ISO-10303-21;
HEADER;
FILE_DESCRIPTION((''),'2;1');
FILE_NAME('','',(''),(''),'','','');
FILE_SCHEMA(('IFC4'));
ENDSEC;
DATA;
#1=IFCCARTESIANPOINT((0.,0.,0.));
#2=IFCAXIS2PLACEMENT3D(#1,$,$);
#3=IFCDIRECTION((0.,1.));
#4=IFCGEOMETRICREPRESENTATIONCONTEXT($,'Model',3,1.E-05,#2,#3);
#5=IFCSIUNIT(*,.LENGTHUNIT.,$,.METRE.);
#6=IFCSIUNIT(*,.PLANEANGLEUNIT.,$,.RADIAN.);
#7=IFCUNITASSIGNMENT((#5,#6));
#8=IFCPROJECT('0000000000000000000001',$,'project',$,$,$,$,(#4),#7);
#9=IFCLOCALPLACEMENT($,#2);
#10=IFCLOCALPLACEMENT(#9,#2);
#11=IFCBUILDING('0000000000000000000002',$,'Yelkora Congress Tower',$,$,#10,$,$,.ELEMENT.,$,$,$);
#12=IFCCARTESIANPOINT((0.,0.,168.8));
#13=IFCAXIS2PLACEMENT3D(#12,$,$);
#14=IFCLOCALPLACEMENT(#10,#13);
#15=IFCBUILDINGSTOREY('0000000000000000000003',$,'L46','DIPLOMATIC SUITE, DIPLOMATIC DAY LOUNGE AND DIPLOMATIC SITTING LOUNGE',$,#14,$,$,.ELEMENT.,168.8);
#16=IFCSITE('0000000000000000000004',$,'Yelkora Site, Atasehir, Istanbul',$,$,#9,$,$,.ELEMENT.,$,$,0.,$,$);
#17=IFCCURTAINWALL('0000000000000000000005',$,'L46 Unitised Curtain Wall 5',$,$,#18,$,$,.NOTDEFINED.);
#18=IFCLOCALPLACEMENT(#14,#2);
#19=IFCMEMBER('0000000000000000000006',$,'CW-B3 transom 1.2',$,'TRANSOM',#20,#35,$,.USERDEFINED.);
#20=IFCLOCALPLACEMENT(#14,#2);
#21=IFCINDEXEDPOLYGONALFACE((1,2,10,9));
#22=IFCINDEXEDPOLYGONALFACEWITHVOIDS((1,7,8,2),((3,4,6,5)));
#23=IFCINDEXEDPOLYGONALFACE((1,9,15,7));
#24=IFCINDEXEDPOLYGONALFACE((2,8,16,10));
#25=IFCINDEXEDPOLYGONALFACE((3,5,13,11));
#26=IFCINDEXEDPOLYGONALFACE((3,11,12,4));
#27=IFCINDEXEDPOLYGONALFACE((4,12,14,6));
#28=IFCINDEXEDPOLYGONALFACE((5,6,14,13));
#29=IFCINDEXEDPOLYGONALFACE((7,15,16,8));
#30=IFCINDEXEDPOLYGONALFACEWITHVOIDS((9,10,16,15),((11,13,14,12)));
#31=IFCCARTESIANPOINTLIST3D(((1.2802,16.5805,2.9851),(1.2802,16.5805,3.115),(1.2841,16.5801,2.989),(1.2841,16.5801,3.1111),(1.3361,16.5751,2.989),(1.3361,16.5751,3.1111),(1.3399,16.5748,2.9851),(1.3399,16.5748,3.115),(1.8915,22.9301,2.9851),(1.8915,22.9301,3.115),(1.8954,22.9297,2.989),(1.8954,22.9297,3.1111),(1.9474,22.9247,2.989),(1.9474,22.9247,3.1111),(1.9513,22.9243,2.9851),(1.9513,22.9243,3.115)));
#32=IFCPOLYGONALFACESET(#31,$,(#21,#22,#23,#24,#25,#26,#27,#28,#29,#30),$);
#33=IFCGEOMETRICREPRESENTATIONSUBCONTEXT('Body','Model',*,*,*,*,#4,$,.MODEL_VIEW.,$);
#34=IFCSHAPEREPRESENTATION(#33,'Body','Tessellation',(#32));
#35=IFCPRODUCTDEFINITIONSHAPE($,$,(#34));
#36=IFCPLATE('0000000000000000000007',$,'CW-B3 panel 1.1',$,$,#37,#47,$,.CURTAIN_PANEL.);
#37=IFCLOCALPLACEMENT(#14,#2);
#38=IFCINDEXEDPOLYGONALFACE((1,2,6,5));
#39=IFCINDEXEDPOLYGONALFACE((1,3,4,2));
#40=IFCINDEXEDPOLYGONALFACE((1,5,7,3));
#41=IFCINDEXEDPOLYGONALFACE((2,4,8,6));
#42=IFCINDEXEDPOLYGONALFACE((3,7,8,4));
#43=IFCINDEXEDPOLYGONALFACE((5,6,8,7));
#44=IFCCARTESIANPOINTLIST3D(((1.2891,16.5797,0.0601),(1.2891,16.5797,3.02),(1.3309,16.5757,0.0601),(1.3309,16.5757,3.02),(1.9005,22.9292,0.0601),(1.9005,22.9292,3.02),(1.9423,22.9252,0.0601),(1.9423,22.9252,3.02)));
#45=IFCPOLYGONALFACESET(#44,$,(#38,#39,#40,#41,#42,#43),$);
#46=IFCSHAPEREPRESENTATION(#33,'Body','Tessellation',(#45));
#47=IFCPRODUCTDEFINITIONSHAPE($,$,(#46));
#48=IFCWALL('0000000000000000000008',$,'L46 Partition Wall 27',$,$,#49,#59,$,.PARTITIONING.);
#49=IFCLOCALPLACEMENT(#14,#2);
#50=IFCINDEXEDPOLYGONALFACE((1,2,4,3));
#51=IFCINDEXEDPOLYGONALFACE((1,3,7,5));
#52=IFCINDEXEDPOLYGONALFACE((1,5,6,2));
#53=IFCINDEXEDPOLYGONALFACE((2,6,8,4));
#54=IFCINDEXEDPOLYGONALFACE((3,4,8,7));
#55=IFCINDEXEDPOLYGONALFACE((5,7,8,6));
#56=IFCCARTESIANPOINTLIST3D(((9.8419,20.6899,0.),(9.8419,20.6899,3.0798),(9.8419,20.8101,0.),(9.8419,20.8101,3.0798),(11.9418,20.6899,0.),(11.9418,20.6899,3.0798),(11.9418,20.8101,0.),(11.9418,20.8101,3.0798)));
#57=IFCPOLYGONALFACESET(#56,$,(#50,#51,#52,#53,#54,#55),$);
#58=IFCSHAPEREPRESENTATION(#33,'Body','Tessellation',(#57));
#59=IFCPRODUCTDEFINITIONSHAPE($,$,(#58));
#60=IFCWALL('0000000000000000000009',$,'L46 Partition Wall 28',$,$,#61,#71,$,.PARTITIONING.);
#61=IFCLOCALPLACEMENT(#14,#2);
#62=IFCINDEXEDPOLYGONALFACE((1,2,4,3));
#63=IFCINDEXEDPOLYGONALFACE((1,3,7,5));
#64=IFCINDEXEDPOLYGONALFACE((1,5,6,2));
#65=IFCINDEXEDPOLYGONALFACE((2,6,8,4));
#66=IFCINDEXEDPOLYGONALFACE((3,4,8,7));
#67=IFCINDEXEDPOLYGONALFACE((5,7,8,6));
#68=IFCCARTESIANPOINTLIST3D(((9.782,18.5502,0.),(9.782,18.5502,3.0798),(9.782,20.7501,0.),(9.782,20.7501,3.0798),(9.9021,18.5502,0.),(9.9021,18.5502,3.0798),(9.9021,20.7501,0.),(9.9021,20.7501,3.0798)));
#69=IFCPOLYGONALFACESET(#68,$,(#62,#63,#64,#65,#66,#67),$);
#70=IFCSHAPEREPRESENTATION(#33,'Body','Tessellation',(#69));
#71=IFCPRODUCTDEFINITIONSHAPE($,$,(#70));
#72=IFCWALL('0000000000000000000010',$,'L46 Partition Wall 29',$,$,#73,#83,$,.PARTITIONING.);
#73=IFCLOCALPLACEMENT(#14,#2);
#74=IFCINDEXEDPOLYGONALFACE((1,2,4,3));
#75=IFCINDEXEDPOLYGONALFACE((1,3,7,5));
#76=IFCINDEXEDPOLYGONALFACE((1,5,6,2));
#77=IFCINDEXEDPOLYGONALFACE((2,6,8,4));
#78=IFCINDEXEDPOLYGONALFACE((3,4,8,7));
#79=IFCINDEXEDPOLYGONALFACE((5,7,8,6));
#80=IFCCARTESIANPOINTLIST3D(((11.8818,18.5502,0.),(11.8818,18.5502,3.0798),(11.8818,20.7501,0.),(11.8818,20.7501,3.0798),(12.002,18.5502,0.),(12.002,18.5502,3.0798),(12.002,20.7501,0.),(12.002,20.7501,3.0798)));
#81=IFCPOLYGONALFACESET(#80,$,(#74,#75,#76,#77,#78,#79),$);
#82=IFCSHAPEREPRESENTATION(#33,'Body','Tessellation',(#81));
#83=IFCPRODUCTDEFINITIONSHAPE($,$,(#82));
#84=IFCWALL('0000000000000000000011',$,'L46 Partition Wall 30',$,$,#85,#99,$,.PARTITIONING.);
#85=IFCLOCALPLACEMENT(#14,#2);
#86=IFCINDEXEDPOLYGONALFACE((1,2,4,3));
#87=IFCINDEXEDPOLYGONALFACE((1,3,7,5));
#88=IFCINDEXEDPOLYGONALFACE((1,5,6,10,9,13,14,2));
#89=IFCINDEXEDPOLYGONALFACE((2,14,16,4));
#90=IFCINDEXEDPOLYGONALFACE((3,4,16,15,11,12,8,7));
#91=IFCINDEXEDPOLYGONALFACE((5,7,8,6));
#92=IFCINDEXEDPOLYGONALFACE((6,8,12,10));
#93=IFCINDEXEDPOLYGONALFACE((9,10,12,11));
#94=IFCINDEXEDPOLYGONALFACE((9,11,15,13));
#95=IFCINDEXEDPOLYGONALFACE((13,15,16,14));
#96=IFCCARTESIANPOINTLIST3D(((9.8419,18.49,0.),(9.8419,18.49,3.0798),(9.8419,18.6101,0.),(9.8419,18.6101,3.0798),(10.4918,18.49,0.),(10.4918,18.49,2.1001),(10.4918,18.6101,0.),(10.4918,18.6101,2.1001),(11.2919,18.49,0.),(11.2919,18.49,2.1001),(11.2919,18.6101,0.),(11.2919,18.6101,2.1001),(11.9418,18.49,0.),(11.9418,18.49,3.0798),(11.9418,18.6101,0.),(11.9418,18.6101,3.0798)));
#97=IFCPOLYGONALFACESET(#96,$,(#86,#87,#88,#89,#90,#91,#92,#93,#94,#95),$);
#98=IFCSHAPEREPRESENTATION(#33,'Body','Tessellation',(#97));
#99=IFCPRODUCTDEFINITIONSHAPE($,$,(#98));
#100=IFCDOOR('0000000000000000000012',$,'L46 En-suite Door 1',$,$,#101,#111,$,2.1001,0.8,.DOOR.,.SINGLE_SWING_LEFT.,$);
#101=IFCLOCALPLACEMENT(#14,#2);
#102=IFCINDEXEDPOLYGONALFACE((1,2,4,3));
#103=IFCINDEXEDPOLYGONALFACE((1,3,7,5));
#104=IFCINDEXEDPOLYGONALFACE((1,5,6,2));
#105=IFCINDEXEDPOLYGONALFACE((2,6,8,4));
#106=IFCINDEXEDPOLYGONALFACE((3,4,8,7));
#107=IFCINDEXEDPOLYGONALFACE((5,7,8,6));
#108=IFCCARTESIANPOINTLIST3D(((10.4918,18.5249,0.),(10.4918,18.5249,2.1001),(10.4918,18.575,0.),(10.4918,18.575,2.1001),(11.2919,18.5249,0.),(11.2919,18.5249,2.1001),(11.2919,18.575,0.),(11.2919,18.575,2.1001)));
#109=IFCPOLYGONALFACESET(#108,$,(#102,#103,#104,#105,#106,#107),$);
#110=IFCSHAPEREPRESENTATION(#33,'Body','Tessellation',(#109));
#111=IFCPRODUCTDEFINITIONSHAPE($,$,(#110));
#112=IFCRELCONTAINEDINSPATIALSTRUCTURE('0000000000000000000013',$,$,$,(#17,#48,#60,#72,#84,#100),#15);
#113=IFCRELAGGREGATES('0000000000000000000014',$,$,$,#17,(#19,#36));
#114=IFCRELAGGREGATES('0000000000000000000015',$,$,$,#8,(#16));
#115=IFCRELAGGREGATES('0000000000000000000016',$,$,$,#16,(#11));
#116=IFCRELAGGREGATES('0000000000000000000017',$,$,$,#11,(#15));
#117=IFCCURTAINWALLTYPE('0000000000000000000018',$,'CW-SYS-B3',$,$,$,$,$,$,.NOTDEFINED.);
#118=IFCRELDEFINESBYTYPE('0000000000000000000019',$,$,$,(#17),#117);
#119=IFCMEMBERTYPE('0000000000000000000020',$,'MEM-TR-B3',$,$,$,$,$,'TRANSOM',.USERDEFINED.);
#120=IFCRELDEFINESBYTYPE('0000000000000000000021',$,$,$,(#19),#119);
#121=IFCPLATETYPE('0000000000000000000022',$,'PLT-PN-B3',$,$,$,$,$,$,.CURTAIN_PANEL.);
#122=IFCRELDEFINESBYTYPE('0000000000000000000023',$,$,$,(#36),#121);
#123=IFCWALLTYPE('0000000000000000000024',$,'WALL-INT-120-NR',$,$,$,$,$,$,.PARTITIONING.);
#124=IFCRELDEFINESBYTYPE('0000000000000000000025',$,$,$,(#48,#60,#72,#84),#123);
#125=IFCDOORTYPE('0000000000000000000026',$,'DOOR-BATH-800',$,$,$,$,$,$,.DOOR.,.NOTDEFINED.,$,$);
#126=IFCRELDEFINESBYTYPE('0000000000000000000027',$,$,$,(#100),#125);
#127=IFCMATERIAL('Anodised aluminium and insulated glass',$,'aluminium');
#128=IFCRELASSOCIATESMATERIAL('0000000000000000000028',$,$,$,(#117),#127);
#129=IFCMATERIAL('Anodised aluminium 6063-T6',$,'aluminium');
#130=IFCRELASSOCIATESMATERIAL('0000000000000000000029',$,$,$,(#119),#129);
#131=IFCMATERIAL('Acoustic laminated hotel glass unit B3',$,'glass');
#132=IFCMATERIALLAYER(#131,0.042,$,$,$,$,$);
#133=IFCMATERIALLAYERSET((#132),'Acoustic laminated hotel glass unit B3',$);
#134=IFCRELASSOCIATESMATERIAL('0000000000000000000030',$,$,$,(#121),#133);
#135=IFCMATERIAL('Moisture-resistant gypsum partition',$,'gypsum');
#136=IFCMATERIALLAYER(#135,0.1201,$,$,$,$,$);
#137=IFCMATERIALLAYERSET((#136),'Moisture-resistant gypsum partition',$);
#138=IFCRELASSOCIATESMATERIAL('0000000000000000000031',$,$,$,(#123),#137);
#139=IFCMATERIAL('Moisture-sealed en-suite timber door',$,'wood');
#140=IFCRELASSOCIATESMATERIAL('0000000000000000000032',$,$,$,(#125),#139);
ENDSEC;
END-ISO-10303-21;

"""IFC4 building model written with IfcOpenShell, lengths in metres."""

from ifc_helpers import new_model, si_unit, direction, frame, frame_2d, origin, origin_2d, place, context, subcontext, project, spatial, rectangle, hollow_rectangle, extrude, material, layer, layer_set, material_profile, profile_set, type_object, element, fill, aggregate, save


model = new_model("IFC4")

# Units and contexts
model_context = context("Model", 3, precision=1e-05, world=origin(), true_north=direction((0.0, 1.0)))
body_context = subcontext(model_context, "Body", "Model", "MODEL_VIEW")
ifc_project = project(units=[si_unit("LENGTHUNIT", "METRE"), si_unit("PLANEANGLEUNIT", "RADIAN")], contexts=[model_context])

# Site, building, storey
site_placement = place(None, origin())
site = spatial("IfcSite", under=ifc_project, at=site_placement, Name="Yelkora Site, Atasehir, Istanbul", CompositionType="ELEMENT", RefElevation=0.0)
building_placement = place(site_placement, origin())
building = spatial("IfcBuilding", under=site, at=building_placement, Name="Yelkora Congress Tower", CompositionType="ELEMENT")
storey_placement = place(building_placement, frame((0.0, 0.0, 168.8)))
storey = spatial("IfcBuildingStorey", under=building, at=storey_placement, Name="L46", Description="DIPLOMATIC SUITE, DIPLOMATIC DAY LOUNGE AND DIPLOMATIC SITTING LOUNGE", CompositionType="ELEMENT", Elevation=168.8)

# Curtain wall, member, plate
ifc_material_1 = material(Name="Anodised aluminium and insulated glass", Category="aluminium")
curtain_wall_type = type_object("IfcCurtainWallType", Name="CW-SYS-B3", PredefinedType="NOTDEFINED", material=ifc_material_1)
curtain_wall_placement = place(storey_placement, origin())
curtain_wall = element("IfcCurtainWall", 1, at=curtain_wall_placement, inside=storey, type_object=curtain_wall_type, Name="L46 Unitised Curtain Wall 5", PredefinedType="NOTDEFINED")
ifc_material_2 = material(Name="Anodised aluminium 6063-T6", Category="aluminium")
ifc_material_profile_1 = material_profile(ifc_material_2, hollow_rectangle(XDim=0.0601, YDim=0.1299, WallThickness=0.0039, at=origin_2d()), Name="ALU 60x130x4")
ifc_profile_set_1 = profile_set([ifc_material_profile_1], Name="Anodised aluminium 6063-T6")
member_type_1 = type_object("IfcMemberType", Name="MEM-TR-B3", ElementType="TRANSOM", PredefinedType="USERDEFINED", material=ifc_profile_set_1)
member_1_placement = place(storey_placement, frame((1.3101, 16.5776, 3.05), z_axis=(0.095835, 0.995397, 0.0), x_axis=(-0.995397, 0.095835, 0.0)))
member_1 = element("IfcMember", 2, at=member_1_placement, type_object=member_type_1, Name="CW-B3 transom 1.2", ObjectType="TRANSOM", PredefinedType="USERDEFINED", context=body_context, shape_type="SweptSolid", body=[
    extrude(hollow_rectangle(XDim=0.0601, YDim=0.1299, WallThickness=0.0039, at=origin_2d()), origin(), (0.0, 0.0, 1.0), 6.3789),
])
ifc_material_3 = material(Name="Acoustic laminated hotel glass unit B3", Category="glass")
ifc_layer_1 = layer(ifc_material_3, 0.042)
ifc_layer_set_1 = layer_set([ifc_layer_1], Name="Acoustic laminated hotel glass unit B3")
plate_type = type_object("IfcPlateType", Name="PLT-PN-B3", PredefinedType="CURTAIN_PANEL", material=ifc_layer_set_1)
plate_placement = place(storey_placement, frame((1.6157, 19.7524, 0.0601), z_axis=(0.0, 0.0, 1.0), x_axis=(0.095845, 0.995396, 0.0)))
plate = element("IfcPlate", 3, at=plate_placement, type_object=plate_type, Name="CW-B3 panel 1.1", PredefinedType="CURTAIN_PANEL", context=body_context, shape_type="SweptSolid", body=[
    extrude(rectangle(XDim=6.3789, YDim=0.042, at=origin_2d()), origin(), (0.0, 0.0, 1.0), 2.96),
])
aggregate(curtain_wall, [member_1, plate])

# Walls
ifc_material_4 = material(Name="Moisture-resistant gypsum partition", Category="gypsum")
ifc_layer_2 = layer(ifc_material_4, 0.1201)
ifc_layer_set_2 = layer_set([ifc_layer_2], Name="Moisture-resistant gypsum partition")
wall_type_1 = type_object("IfcWallType", Name="WALL-INT-120-NR", PredefinedType="PARTITIONING", material=ifc_layer_set_2)
wall_1_placement = place(storey_placement, frame((9.842, 20.75, 0.0), z_axis=(0.0, 0.0, 1.0), x_axis=(1.0, 0.0, 0.0)))
element("IfcWall", 4, at=wall_1_placement, inside=storey, type_object=wall_type_1, Name="L46 Partition Wall 27", PredefinedType="PARTITIONING", context=body_context, shape_type="SweptSolid", body=[
    extrude(rectangle(XDim=2.0999, YDim=0.1201, at=frame_2d((1.0498, 0.0))), origin(), (0.0, 0.0, 1.0), 3.0798),
])
for number, where, z_axis, x_axis, name in (
    (5, (9.842, 18.55, 0.0), (0.0, 0.0, 1.0), (0.0, 1.0, 0.0), "L46 Partition Wall 28"),
    (6, (11.9419, 18.55, 0.0), (0.0, 0.0, 1.0), (0.0, 1.0, 0.0), "L46 Partition Wall 29"),
):
    element("IfcWall", number, at=place(storey_placement, frame(where, z_axis=z_axis, x_axis=x_axis)), inside=storey, type_object=wall_type_1, Name=name, PredefinedType="PARTITIONING", context=body_context, shape_type="SweptSolid", body=[
        extrude(rectangle(XDim=2.2, YDim=0.1201, at=frame_2d((1.1001, 0.0))), origin(), (0.0, 0.0, 1.0), 3.0798),
    ])

# Wall, opening, door
wall_2_placement = place(storey_placement, frame((9.842, 18.55, 0.0), z_axis=(0.0, 0.0, 1.0), x_axis=(1.0, 0.0, 0.0)))
wall_2 = element("IfcWall", 7, at=wall_2_placement, inside=storey, type_object=wall_type_1, Name="L46 Partition Wall 30", PredefinedType="PARTITIONING", context=body_context, shape_type="SweptSolid", body=[
    extrude(rectangle(XDim=2.0999, YDim=0.1201, at=frame_2d((1.0498, 0.0))), origin(), (0.0, 0.0, 1.0), 3.0798),
])
opening_1_placement = place(wall_2_placement, frame((0.6499, 0.0, 0.0)))
opening_1 = element("IfcOpeningElement", 8, at=opening_1_placement, cuts=wall_2, PredefinedType="OPENING", context=body_context, shape_type="SweptSolid", body=[
    extrude(rectangle(XDim=0.8, YDim=2.1001, at=frame_2d((0.3999, 1.05))), frame((0.0, 0.0701, 0.0), z_axis=(0.0, -1.0, 0.0), x_axis=(1.0, 0.0, 0.0)), (0.0, 0.0, 1.0), 0.1401),
])
ifc_material_5 = material(Name="Moisture-sealed en-suite timber door", Category="wood")
door_type_1 = type_object("IfcDoorType", Name="DOOR-BATH-800", OperationType="NOTDEFINED", PredefinedType="DOOR", material=ifc_material_5)
door_1_placement = place(opening_1_placement, origin())
door_1 = element("IfcDoor", 9, at=door_1_placement, inside=storey, type_object=door_type_1, Name="L46 En-suite Door 1", OperationType="SINGLE_SWING_LEFT", OverallHeight=2.1001, OverallWidth=0.8, PredefinedType="DOOR", context=body_context, shape_type="SweptSolid", body=[
    extrude(rectangle(XDim=0.8, YDim=2.1001, at=frame_2d((0.3999, 1.05))), frame((0.0, 0.0249, 0.0), z_axis=(0.0, -1.0, 0.0), x_axis=(1.0, 0.0, 0.0)), (0.0, 0.0, 1.0), 0.05),
])
fill(opening_1, door_1)

save(model, "model.ifc")
